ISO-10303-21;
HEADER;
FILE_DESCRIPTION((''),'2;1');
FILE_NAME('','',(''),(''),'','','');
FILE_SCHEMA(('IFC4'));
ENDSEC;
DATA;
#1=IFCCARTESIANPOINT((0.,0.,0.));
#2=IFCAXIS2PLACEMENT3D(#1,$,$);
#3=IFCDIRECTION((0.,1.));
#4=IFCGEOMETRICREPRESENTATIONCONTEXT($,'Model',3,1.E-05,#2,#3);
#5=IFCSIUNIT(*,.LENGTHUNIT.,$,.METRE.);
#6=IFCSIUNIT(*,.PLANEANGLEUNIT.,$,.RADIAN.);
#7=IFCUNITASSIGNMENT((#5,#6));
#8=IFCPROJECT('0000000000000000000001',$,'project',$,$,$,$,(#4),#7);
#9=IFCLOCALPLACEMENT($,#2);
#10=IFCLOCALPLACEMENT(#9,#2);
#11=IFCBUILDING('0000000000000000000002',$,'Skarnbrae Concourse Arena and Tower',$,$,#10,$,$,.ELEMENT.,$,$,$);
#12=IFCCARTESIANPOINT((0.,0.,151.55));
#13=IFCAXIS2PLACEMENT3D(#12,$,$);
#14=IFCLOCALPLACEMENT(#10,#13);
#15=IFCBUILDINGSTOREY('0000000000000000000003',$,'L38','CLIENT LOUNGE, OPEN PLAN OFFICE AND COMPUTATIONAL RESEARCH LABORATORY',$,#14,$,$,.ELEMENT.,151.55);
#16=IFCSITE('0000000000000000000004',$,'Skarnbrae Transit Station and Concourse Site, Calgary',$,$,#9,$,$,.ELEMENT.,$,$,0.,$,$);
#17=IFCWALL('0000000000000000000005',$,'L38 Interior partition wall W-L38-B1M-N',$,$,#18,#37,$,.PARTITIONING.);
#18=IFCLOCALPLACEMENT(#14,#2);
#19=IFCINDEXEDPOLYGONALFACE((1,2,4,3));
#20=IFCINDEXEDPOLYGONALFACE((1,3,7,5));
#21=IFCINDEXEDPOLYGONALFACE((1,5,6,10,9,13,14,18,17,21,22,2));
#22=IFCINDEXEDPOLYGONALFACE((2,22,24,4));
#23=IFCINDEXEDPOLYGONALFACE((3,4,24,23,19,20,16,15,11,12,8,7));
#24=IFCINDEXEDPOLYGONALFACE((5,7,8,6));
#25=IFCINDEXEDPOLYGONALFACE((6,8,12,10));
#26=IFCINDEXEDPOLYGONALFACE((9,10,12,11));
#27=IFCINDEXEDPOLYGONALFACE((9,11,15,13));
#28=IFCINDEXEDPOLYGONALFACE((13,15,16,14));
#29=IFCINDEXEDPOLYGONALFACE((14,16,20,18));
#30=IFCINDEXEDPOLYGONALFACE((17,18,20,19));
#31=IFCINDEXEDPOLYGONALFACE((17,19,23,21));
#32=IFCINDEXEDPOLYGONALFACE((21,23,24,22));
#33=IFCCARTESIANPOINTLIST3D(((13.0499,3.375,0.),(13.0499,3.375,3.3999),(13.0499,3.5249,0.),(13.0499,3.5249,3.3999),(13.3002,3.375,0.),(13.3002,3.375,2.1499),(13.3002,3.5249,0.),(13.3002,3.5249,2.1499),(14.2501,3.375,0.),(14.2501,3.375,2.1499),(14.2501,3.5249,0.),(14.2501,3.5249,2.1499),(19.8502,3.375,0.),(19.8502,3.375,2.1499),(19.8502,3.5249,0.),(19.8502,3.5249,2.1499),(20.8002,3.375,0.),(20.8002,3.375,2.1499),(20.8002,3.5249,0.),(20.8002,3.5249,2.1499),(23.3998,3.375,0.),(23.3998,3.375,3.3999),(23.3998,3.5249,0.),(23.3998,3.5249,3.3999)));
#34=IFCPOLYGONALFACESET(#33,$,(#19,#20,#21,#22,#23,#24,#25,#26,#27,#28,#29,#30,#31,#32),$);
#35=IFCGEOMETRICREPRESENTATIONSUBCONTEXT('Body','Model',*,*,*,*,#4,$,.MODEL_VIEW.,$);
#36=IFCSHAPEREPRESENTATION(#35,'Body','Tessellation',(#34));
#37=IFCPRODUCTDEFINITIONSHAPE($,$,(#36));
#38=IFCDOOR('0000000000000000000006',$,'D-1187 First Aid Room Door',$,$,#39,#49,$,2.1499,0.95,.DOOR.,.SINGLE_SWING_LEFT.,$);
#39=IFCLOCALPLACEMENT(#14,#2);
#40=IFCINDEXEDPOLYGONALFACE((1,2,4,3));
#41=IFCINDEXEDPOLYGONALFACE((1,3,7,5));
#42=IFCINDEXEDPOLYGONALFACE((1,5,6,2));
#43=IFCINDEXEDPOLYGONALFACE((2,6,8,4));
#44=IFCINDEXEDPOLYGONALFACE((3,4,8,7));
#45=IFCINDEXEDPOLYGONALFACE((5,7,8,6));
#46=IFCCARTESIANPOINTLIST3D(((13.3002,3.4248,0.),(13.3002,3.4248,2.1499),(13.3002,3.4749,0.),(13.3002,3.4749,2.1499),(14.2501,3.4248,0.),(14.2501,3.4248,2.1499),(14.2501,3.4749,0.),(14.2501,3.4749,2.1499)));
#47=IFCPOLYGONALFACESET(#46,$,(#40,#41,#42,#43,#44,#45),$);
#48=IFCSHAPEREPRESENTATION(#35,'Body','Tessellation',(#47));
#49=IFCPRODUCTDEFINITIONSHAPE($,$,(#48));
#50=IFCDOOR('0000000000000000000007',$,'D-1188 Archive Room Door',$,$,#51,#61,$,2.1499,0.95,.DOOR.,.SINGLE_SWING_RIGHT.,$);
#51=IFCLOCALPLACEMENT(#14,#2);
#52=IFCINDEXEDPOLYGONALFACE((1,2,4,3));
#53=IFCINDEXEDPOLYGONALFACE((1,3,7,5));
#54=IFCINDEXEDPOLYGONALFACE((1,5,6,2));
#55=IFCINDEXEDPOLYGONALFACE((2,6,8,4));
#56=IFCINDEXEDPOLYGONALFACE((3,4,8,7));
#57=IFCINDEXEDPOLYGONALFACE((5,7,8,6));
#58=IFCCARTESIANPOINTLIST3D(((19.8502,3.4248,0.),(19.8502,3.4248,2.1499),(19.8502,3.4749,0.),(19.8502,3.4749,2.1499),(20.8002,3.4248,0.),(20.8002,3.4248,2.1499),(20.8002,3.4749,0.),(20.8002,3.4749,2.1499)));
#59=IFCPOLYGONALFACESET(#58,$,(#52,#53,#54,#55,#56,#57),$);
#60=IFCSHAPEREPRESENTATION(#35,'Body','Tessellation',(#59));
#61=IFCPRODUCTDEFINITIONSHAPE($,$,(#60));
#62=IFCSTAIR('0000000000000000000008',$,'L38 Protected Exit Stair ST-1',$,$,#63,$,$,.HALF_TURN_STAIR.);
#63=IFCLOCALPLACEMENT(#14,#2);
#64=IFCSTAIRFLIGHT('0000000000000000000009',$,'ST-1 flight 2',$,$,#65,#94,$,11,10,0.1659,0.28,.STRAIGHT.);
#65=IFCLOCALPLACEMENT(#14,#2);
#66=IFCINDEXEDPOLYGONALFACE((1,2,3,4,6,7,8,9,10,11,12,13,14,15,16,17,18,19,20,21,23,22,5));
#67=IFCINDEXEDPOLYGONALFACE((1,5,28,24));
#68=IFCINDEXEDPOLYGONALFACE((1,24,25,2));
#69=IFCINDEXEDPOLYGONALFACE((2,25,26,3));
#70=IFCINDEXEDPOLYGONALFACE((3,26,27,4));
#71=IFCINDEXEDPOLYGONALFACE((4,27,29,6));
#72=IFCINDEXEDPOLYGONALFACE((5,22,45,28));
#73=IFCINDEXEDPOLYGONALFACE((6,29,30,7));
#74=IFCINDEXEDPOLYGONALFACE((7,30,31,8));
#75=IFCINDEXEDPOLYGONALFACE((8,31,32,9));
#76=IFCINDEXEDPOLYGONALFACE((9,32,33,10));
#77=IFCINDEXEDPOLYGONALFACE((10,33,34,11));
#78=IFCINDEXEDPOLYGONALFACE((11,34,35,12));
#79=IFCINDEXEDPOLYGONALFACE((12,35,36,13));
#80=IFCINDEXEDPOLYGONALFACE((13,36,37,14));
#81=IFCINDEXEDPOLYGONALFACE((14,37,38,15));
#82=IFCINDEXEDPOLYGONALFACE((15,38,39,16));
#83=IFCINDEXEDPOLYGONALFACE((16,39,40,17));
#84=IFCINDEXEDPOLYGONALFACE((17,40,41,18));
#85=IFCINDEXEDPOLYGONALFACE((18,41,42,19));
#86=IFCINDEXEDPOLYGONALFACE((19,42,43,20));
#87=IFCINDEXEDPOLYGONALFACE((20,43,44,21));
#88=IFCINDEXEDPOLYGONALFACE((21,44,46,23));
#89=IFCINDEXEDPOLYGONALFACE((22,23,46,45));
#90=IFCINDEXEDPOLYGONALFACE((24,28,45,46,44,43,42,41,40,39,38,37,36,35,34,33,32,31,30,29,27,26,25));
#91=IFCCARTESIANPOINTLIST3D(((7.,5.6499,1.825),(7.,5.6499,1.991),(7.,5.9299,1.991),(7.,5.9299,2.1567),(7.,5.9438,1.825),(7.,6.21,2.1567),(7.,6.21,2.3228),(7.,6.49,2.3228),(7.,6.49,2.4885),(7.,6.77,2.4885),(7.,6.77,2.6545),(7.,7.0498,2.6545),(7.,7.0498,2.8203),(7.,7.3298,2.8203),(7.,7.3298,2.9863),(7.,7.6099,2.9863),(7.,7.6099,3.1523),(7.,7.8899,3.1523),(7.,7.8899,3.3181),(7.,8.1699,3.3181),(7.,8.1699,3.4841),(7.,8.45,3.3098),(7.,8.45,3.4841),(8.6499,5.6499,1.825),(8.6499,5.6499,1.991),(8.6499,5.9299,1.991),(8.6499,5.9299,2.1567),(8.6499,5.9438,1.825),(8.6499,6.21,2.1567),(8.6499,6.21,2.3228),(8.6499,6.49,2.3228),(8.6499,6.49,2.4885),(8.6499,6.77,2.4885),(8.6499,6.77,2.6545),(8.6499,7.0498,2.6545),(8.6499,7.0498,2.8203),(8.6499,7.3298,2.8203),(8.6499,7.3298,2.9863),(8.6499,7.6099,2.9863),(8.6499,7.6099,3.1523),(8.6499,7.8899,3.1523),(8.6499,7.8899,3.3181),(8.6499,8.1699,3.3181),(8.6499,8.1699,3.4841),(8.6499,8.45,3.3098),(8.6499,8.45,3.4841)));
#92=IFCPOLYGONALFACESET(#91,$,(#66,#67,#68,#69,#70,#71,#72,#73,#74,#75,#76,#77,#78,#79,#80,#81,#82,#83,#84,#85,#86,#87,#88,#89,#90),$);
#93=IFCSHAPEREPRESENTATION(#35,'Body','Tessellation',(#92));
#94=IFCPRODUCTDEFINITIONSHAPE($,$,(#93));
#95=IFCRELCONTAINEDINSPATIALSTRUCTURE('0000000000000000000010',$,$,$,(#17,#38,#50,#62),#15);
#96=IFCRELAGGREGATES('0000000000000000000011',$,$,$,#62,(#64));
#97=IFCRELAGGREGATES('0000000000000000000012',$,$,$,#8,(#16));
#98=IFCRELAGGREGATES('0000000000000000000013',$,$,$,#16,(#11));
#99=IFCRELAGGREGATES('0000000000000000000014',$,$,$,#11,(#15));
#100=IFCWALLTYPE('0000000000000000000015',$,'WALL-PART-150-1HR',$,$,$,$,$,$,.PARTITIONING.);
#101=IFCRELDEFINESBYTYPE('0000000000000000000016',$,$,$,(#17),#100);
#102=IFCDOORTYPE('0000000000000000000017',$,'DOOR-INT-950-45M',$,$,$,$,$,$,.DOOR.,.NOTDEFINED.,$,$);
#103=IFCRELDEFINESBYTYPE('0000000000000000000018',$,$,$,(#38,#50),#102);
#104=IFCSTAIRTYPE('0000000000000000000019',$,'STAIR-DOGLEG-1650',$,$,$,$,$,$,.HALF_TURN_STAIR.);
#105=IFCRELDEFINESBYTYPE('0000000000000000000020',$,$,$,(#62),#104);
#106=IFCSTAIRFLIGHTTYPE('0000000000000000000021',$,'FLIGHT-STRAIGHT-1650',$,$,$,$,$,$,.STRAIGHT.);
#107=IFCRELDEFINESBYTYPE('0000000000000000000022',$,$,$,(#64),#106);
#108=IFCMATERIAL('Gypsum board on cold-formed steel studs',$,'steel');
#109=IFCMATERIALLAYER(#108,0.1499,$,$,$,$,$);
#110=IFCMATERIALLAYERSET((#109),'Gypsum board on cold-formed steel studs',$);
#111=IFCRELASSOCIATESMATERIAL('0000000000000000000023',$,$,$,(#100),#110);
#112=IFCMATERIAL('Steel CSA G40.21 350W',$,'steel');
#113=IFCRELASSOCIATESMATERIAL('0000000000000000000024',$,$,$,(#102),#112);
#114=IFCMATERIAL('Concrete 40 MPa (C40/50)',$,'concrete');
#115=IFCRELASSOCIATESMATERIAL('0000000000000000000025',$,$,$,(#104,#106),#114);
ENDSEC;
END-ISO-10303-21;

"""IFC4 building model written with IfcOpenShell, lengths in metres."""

from ifc_helpers import new_model, si_unit, direction, frame, frame_2d, origin, place, context, subcontext, project, spatial, polyline, rectangle, outline, extrude, source, transform, mapped, material, layer, layer_set, type_object, element, fill, aggregate, save


model = new_model("IFC4")

# Units and contexts
model_context = context("Model", 3, precision=1e-05, world=origin(), true_north=direction((0.0, 1.0)))
body_context = subcontext(model_context, "Body", "Model", "MODEL_VIEW")
ifc_project = project(units=[si_unit("LENGTHUNIT", "METRE"), si_unit("PLANEANGLEUNIT", "RADIAN")], contexts=[model_context])

# Site, building, storey
site_placement = place(None, origin())
site = spatial("IfcSite", under=ifc_project, at=site_placement, Name="Skarnbrae Transit Station and Concourse Site, Calgary", CompositionType="ELEMENT", RefElevation=0.0)
building_placement = place(site_placement, origin())
building = spatial("IfcBuilding", under=site, at=building_placement, Name="Skarnbrae Concourse Arena and Tower", CompositionType="ELEMENT")
storey_placement = place(building_placement, frame((0.0, 0.0, 151.55)))
storey = spatial("IfcBuildingStorey", under=building, at=storey_placement, Name="L38", Description="CLIENT LOUNGE, OPEN PLAN OFFICE AND COMPUTATIONAL RESEARCH LABORATORY", CompositionType="ELEMENT", Elevation=151.55)

# Shared definitions
ifc_material_1 = material(Name="Gypsum board on cold-formed steel studs", Category="steel")
ifc_material_2 = material(Name="Steel CSA G40.21 350W", Category="steel")

# Shared definitions
ifc_layer_1 = layer(ifc_material_1, 0.1499)
ifc_layer_set_1 = layer_set([ifc_layer_1], Name="Gypsum board on cold-formed steel studs")
wall_type_1 = type_object("IfcWallType", Name="WALL-PART-150-1HR", PredefinedType="PARTITIONING", material=ifc_layer_set_1)

# Wall, openings, doors
shared_shape_1 = source(origin(), body_context, "Body", "SweptSolid", [
    extrude(rectangle(XDim=10.3499, YDim=0.1499, at=frame_2d((5.1748, 0.0))), origin(), (0.0, 0.0, 1.0), 3.3999),
])
wall_1_placement = place(storey_placement, frame((13.05, 3.45, 0.0), z_axis=(0.0, 0.0, 1.0), x_axis=(1.0, 0.0, 0.0)))
wall_1 = element("IfcWall", 1, at=wall_1_placement, inside=storey, type_object=wall_type_1, Name="L38 Interior partition wall W-L38-B1M-N", PredefinedType="PARTITIONING", context=body_context, shape_type="MappedRepresentation", body=[
    mapped(shared_shape_1, transform((0.0, 0.0, 0.0))),
])
opening_1_placement = place(wall_1_placement, frame((0.25, 0.0, 0.0)))
opening_1 = element("IfcOpeningElement", 2, at=opening_1_placement, cuts=wall_1, PredefinedType="OPENING", context=body_context, shape_type="SweptSolid", body=[
    extrude(rectangle(XDim=0.95, YDim=2.1499, at=frame_2d((0.4751, 1.075))), frame((0.0, 0.085, 0.0), z_axis=(0.0, -1.0, 0.0), x_axis=(1.0, 0.0, 0.0)), (0.0, 0.0, 1.0), 0.1699),
])
opening_2_placement = place(wall_1_placement, frame((6.8, 0.0, 0.0)))
opening_2 = element("IfcOpeningElement", 3, at=opening_2_placement, cuts=wall_1, PredefinedType="OPENING", context=body_context, shape_type="SweptSolid", body=[
    extrude(rectangle(XDim=0.95, YDim=2.1499, at=frame_2d((0.4751, 1.075))), frame((0.0, 0.085, 0.0), z_axis=(0.0, -1.0, 0.0), x_axis=(1.0, 0.0, 0.0)), (0.0, 0.0, 1.0), 0.1699),
])
door_type_1 = type_object("IfcDoorType", Name="DOOR-INT-950-45M", OperationType="NOTDEFINED", PredefinedType="DOOR", material=ifc_material_2)
shared_shape_2 = source(origin(), body_context, "Body", "SweptSolid", [
    extrude(rectangle(XDim=0.95, YDim=2.1499, at=frame_2d((0.4751, 1.075))), frame((0.0, 0.0249, 0.0), z_axis=(0.0, -1.0, 0.0), x_axis=(1.0, 0.0, 0.0)), (0.0, 0.0, 1.0), 0.05),
])
door_1_placement = place(opening_1_placement, origin())
door_1 = element("IfcDoor", 4, at=door_1_placement, inside=storey, type_object=door_type_1, Name="D-1187 First Aid Room Door", OperationType="SINGLE_SWING_LEFT", OverallHeight=2.1499, OverallWidth=0.95, PredefinedType="DOOR", context=body_context, shape_type="MappedRepresentation", body=[
    mapped(shared_shape_2, transform((0.0, 0.0, 0.0))),
])
fill(opening_1, door_1)
door_2_placement = place(opening_2_placement, origin())
door_2 = element("IfcDoor", 5, at=door_2_placement, inside=storey, type_object=door_type_1, Name="D-1188 Archive Room Door", OperationType="SINGLE_SWING_RIGHT", OverallHeight=2.1499, OverallWidth=0.95, PredefinedType="DOOR", context=body_context, shape_type="MappedRepresentation", body=[
    mapped(shared_shape_2, transform((0.0, 0.0, 0.0))),
])
fill(opening_2, door_2)

# Stair, stair flight
ifc_material_3 = material(Name="Concrete 40 MPa (C40/50)", Category="concrete")
stair_type = type_object("IfcStairType", Name="STAIR-DOGLEG-1650", PredefinedType="HALF_TURN_STAIR", material=ifc_material_3)
stair_placement = place(storey_placement, origin())
stair = element("IfcStair", 6, at=stair_placement, inside=storey, type_object=stair_type, Name="L38 Protected Exit Stair ST-1", PredefinedType="HALF_TURN_STAIR")
stair_flight_type = type_object("IfcStairFlightType", Name="FLIGHT-STRAIGHT-1650", PredefinedType="STRAIGHT", material=ifc_material_3)
shared_shape_3 = source(origin(), body_context, "Body", "SweptSolid", [
    extrude(outline(polyline([(0.0, 0.0), (0.0, 0.166), (0.28, 0.166), (0.28, 0.3318), (0.5601, 0.3318), (0.5601, 0.4978), (0.8401, 0.4978), (0.8401, 0.6636), (1.1201, 0.6636), (1.1201, 0.8296), (1.3999, 0.8296), (1.3999, 0.9954), (1.6799, 0.9954), (1.6799, 1.1614), (1.96, 1.1614), (1.96, 1.3274), (2.24, 1.3274), (2.24, 1.4932), (2.52, 1.4932), (2.52, 1.6592), (2.8, 1.6592), (2.8, 1.825), (2.8, 1.4849), (0.2939, 0.0), (0.0, 0.0)])), frame((0.0, 0.825, 0.0), z_axis=(0.0, -1.0, 0.0), x_axis=(1.0, 0.0, 0.0)), (0.0, 0.0, 1.0), 1.6499),
])
stair_flight_placement = place(storey_placement, frame((7.825, 5.6499, 1.825), z_axis=(0.0, 0.0, 1.0), x_axis=(0.0, 1.0, 0.0)))
stair_flight = element("IfcStairFlight", 7, at=stair_flight_placement, type_object=stair_flight_type, Name="ST-1 flight 2", NumberOfRisers=11, NumberOfTreads=10, PredefinedType="STRAIGHT", RiserHeight=0.1659, TreadLength=0.28, context=body_context, shape_type="MappedRepresentation", body=[
    mapped(shared_shape_3, transform((0.0, 0.0, 0.0))),
])
aggregate(stair, [stair_flight])

save(model, "model.ifc")
